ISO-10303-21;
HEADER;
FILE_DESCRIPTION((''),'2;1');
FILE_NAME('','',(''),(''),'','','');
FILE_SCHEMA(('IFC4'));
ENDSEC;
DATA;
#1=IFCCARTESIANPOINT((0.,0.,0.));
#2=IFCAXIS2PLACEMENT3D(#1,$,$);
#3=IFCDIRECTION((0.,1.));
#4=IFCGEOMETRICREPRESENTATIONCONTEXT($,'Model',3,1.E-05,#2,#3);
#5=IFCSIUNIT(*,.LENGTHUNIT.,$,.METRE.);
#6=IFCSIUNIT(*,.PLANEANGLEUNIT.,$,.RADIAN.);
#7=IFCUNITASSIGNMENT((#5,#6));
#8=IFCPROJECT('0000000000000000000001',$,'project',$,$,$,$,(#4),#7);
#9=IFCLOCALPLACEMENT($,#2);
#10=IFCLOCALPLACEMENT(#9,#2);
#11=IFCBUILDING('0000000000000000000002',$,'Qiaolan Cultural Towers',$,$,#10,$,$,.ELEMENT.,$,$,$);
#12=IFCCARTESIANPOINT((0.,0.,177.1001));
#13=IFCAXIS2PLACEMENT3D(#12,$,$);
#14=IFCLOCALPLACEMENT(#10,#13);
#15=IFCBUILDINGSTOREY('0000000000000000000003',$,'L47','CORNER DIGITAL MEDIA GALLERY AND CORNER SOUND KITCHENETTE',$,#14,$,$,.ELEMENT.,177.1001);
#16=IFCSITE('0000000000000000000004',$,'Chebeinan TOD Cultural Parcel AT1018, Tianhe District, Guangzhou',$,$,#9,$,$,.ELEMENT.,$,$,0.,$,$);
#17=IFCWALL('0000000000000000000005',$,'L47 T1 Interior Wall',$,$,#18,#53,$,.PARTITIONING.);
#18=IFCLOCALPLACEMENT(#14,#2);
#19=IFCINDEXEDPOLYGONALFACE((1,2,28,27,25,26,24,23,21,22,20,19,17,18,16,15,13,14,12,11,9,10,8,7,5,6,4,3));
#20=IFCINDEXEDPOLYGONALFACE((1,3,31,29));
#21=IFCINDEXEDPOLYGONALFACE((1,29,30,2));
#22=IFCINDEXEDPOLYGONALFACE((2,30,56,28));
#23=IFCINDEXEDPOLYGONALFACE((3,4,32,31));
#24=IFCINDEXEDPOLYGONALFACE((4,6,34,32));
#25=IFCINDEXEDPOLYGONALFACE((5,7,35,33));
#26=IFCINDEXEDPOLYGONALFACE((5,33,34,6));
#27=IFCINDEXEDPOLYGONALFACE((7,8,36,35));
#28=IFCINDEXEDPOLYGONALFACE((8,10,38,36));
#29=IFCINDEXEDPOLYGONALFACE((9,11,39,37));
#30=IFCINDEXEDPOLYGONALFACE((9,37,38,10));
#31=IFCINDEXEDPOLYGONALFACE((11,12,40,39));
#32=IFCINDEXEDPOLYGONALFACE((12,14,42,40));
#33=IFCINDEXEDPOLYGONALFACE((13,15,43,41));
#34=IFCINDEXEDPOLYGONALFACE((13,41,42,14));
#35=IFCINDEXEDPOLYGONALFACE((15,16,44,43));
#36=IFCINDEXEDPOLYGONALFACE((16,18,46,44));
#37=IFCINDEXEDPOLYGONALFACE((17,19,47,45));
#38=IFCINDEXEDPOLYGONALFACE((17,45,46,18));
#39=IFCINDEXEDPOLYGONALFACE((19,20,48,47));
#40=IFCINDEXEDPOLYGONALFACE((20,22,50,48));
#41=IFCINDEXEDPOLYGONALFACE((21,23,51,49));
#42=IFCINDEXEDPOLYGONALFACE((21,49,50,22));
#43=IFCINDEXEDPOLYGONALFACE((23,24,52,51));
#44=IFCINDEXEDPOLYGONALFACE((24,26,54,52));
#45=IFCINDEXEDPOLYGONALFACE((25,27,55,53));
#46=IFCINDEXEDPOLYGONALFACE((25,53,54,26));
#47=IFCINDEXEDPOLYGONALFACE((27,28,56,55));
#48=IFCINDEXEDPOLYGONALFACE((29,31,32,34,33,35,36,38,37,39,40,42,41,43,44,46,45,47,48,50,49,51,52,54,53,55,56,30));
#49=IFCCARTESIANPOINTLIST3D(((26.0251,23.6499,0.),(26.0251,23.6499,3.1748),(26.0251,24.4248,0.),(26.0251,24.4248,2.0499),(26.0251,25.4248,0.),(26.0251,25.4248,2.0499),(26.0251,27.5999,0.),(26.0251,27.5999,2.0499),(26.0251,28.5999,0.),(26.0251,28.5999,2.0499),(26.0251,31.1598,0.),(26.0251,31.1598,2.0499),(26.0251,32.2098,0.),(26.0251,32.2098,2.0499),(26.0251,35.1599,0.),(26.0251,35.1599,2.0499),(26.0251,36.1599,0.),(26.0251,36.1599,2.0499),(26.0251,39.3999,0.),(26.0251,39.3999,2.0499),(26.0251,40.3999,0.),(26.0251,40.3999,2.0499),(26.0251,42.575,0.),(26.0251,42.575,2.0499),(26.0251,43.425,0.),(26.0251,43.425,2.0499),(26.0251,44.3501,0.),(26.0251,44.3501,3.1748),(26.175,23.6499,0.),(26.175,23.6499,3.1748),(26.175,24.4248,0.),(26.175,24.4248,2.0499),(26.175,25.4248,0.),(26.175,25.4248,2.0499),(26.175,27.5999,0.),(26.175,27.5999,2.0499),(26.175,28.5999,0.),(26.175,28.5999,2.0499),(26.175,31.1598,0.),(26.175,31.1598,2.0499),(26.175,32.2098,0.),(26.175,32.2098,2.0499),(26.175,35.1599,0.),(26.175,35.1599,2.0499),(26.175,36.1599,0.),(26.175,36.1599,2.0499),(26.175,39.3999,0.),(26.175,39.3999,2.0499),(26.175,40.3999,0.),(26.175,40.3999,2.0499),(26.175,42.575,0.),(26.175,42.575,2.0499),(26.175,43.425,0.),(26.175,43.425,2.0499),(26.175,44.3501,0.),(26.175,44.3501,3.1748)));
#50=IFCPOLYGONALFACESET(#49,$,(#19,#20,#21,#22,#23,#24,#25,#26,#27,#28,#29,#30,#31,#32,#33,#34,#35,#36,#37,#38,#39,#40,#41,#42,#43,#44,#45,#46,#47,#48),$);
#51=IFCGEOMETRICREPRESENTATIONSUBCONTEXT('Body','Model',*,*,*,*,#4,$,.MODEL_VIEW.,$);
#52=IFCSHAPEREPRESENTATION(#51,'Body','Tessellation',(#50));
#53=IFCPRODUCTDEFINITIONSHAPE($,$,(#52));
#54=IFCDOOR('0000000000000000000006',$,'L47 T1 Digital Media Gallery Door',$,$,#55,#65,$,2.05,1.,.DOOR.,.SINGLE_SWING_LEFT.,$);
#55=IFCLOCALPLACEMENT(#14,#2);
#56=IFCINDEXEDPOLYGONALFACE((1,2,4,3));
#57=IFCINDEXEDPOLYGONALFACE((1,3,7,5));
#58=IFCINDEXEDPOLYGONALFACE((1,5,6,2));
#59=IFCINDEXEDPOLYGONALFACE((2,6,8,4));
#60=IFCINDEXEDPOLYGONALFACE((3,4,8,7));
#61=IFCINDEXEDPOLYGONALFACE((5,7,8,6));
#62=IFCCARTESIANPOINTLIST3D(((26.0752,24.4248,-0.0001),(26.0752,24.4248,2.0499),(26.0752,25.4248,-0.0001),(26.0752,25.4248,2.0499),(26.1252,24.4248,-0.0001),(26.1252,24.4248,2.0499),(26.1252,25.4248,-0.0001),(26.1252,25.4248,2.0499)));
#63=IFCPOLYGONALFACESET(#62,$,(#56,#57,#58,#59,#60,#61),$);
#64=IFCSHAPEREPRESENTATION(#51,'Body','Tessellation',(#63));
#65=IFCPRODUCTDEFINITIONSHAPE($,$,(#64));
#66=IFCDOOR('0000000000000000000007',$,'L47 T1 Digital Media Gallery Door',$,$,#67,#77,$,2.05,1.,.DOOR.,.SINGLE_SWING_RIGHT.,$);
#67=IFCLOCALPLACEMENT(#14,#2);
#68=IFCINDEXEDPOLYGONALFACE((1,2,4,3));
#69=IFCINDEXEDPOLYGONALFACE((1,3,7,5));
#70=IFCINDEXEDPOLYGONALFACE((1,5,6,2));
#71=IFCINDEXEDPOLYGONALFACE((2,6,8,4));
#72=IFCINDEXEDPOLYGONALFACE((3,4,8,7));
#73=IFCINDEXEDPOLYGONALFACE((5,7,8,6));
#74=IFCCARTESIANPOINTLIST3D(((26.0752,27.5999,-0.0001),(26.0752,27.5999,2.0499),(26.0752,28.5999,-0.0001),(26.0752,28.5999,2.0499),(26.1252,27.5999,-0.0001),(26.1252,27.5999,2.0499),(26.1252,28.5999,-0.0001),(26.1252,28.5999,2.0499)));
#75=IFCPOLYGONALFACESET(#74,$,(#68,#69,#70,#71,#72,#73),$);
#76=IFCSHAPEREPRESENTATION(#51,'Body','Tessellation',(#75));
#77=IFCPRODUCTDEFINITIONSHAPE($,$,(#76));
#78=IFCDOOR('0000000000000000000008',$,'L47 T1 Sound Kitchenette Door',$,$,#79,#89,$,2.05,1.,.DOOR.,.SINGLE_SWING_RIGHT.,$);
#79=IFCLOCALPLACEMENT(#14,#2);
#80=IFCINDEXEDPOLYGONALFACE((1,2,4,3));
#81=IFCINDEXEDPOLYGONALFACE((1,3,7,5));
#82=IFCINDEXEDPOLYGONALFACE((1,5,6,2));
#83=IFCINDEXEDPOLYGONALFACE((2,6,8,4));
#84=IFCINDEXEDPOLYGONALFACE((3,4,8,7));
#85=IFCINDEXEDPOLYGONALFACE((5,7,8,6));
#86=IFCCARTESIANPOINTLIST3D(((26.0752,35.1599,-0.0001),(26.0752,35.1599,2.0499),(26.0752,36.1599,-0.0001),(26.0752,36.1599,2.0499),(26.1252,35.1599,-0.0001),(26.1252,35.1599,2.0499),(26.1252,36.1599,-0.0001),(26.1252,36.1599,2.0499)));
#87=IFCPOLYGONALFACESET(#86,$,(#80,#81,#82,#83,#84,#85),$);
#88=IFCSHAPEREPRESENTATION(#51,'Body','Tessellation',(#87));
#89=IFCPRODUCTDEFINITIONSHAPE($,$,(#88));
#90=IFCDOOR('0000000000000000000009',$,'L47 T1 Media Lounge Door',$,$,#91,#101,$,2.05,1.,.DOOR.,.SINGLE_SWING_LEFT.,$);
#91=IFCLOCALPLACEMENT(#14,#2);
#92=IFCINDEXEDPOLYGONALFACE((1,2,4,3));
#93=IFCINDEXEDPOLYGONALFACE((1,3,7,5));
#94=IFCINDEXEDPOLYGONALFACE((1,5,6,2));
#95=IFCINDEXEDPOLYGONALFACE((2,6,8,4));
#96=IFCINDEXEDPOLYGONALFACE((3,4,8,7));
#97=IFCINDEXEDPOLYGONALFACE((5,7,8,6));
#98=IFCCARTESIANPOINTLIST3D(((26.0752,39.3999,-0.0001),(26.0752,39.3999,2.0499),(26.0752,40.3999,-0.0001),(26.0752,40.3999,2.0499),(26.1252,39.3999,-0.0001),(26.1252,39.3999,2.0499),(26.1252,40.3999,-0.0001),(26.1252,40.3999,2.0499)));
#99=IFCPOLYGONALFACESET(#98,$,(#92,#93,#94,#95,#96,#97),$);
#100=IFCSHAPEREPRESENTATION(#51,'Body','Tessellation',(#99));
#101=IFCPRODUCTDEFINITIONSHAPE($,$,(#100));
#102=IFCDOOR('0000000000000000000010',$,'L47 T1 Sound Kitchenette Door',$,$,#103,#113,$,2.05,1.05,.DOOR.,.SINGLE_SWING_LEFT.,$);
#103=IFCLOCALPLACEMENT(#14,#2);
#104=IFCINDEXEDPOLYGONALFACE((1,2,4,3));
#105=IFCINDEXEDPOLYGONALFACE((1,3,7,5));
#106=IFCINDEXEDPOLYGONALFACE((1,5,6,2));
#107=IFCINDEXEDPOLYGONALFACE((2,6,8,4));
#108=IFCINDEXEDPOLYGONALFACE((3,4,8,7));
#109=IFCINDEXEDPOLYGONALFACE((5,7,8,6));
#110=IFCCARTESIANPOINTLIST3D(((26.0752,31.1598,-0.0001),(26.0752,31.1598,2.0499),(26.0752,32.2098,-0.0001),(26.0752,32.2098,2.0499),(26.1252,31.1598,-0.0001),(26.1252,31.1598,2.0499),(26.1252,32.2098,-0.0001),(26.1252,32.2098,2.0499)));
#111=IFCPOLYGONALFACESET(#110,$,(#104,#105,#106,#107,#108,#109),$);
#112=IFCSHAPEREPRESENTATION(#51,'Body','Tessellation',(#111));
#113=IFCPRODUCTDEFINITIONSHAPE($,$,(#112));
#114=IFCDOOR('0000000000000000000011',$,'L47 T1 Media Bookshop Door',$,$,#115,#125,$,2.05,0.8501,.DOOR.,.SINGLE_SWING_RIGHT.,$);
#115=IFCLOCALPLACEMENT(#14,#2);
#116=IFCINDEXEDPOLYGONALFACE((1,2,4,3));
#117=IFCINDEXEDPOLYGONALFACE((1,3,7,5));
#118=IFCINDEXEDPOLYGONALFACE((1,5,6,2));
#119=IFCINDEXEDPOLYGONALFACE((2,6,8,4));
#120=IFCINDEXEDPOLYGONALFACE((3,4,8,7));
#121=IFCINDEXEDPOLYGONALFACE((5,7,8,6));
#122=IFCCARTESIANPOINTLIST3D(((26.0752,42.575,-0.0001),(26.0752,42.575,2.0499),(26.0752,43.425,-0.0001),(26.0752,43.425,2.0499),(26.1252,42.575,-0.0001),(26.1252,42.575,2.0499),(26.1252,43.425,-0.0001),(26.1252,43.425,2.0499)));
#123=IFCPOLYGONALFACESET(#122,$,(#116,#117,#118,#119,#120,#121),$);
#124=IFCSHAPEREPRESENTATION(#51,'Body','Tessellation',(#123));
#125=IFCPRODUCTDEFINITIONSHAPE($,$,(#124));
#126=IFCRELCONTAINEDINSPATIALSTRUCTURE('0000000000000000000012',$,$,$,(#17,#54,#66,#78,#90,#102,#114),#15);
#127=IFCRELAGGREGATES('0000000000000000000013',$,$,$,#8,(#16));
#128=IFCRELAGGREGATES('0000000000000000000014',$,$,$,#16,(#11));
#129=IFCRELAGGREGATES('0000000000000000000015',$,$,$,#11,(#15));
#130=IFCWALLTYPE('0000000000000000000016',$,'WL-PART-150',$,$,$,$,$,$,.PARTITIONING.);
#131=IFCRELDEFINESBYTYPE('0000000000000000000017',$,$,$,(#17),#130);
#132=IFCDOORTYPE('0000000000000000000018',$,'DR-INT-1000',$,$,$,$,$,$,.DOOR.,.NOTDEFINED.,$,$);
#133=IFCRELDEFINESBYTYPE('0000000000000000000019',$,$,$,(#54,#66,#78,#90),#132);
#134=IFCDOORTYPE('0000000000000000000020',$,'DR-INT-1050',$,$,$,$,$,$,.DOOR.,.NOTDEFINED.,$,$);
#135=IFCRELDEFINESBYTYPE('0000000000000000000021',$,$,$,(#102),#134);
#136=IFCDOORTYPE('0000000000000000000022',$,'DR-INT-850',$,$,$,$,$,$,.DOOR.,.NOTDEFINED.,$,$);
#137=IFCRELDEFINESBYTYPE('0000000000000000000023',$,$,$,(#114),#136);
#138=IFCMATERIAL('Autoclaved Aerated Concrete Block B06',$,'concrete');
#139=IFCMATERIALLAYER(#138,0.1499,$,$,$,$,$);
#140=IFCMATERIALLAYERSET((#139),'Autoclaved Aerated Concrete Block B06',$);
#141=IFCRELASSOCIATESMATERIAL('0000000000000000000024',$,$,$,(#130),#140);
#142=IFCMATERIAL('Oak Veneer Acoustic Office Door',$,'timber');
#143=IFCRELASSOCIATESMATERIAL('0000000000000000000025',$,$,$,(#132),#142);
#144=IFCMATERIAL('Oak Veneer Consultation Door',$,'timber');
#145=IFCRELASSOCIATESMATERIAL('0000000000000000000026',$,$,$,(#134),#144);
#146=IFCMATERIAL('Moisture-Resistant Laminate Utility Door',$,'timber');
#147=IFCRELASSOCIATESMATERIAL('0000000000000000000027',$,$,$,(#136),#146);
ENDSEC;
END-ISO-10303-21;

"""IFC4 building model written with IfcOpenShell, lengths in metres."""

from ifc_helpers import new_model, si_unit, direction, frame, frame_2d, origin, place, context, subcontext, project, spatial, rectangle, extrude, material, layer, layer_set, type_object, element, fill, save


model = new_model("IFC4")

# Units and contexts
model_context = context("Model", 3, precision=1e-05, world=origin(), true_north=direction((0.0, 1.0)))
body_context = subcontext(model_context, "Body", "Model", "MODEL_VIEW")
ifc_project = project(units=[si_unit("LENGTHUNIT", "METRE"), si_unit("PLANEANGLEUNIT", "RADIAN")], contexts=[model_context])

# Site, building, storey
site_placement = place(None, origin())
site = spatial("IfcSite", under=ifc_project, at=site_placement, Name="Chebeinan TOD Cultural Parcel AT1018, Tianhe District, Guangzhou", CompositionType="ELEMENT", RefElevation=0.0)
building_placement = place(site_placement, origin())
building = spatial("IfcBuilding", under=site, at=building_placement, Name="Qiaolan Cultural Towers", CompositionType="ELEMENT")
storey_placement = place(building_placement, frame((0.0, 0.0, 177.1001)))
storey = spatial("IfcBuildingStorey", under=building, at=storey_placement, Name="L47", Description="CORNER DIGITAL MEDIA GALLERY AND CORNER SOUND KITCHENETTE", CompositionType="ELEMENT", Elevation=177.1001)

# Shared definitions
ifc_material_1 = material(Name="Autoclaved Aerated Concrete Block B06", Category="concrete")
ifc_layer_1 = layer(ifc_material_1, 0.1499)
ifc_layer_set_1 = layer_set([ifc_layer_1], Name="Autoclaved Aerated Concrete Block B06")
wall_type_1 = type_object("IfcWallType", Name="WL-PART-150", PredefinedType="PARTITIONING", material=ifc_layer_set_1)

# Wall, openings, doors
wall_1_placement = place(storey_placement, frame((26.1001, 23.6499, 0.0), z_axis=(0.0, 0.0, 1.0), x_axis=(0.0, 1.0, 0.0)))
wall_1 = element("IfcWall", 1, at=wall_1_placement, inside=storey, type_object=wall_type_1, Name="L47 T1 Interior Wall", PredefinedType="PARTITIONING", context=body_context, shape_type="SweptSolid", body=[
    extrude(rectangle(XDim=20.7002, YDim=0.1499, at=frame_2d((10.3501, 0.0))), origin(), (0.0, 0.0, 1.0), 3.1748),
])
opening_1_placement = place(wall_1_placement, frame((0.7749, 0.0, 0.0)))
opening_1 = element("IfcOpeningElement", 2, at=opening_1_placement, cuts=wall_1, PredefinedType="OPENING", context=body_context, shape_type="SweptSolid", body=[
    extrude(rectangle(XDim=1.0, YDim=2.05, at=frame_2d((0.5, 1.0249))), frame((0.0, 0.085, 0.0), z_axis=(0.0, -1.0, 0.0), x_axis=(1.0, 0.0, 0.0)), (0.0, 0.0, 1.0), 0.1699),
])
opening_2_placement = place(wall_1_placement, frame((3.95, 0.0, 0.0)))
opening_2 = element("IfcOpeningElement", 3, at=opening_2_placement, cuts=wall_1, PredefinedType="OPENING", context=body_context, shape_type="SweptSolid", body=[
    extrude(rectangle(XDim=1.0, YDim=2.05, at=frame_2d((0.5, 1.0249))), frame((0.0, 0.085, 0.0), z_axis=(0.0, -1.0, 0.0), x_axis=(1.0, 0.0, 0.0)), (0.0, 0.0, 1.0), 0.1699),
])
opening_3_placement = place(wall_1_placement, frame((7.51, 0.0, 0.0)))
opening_3 = element("IfcOpeningElement", 4, at=opening_3_placement, cuts=wall_1, PredefinedType="OPENING", context=body_context, shape_type="SweptSolid", body=[
    extrude(rectangle(XDim=1.05, YDim=2.05, at=frame_2d((0.5249, 1.0249))), frame((0.0, 0.085, 0.0), z_axis=(0.0, -1.0, 0.0), x_axis=(1.0, 0.0, 0.0)), (0.0, 0.0, 1.0), 0.1699),
])
opening_4_placement = place(wall_1_placement, frame((11.51, 0.0, 0.0)))
opening_4 = element("IfcOpeningElement", 5, at=opening_4_placement, cuts=wall_1, PredefinedType="OPENING", context=body_context, shape_type="SweptSolid", body=[
    extrude(rectangle(XDim=1.0, YDim=2.05, at=frame_2d((0.5, 1.0249))), frame((0.0, 0.085, 0.0), z_axis=(0.0, -1.0, 0.0), x_axis=(1.0, 0.0, 0.0)), (0.0, 0.0, 1.0), 0.1699),
])
opening_5_placement = place(wall_1_placement, frame((15.75, 0.0, 0.0)))
opening_5 = element("IfcOpeningElement", 6, at=opening_5_placement, cuts=wall_1, PredefinedType="OPENING", context=body_context, shape_type="SweptSolid", body=[
    extrude(rectangle(XDim=1.0, YDim=2.05, at=frame_2d((0.5, 1.0249))), frame((0.0, 0.085, 0.0), z_axis=(0.0, -1.0, 0.0), x_axis=(1.0, 0.0, 0.0)), (0.0, 0.0, 1.0), 0.1699),
])
opening_6_placement = place(wall_1_placement, frame((18.925, 0.0, 0.0)))
opening_6 = element("IfcOpeningElement", 7, at=opening_6_placement, cuts=wall_1, PredefinedType="OPENING", context=body_context, shape_type="SweptSolid", body=[
    extrude(rectangle(XDim=0.8501, YDim=2.05, at=frame_2d((0.425, 1.0249))), frame((0.0, 0.085, 0.0), z_axis=(0.0, -1.0, 0.0), x_axis=(1.0, 0.0, 0.0)), (0.0, 0.0, 1.0), 0.1699),
])
ifc_material_2 = material(Name="Oak Veneer Acoustic Office Door", Category="timber")
door_type_1 = type_object("IfcDoorType", Name="DR-INT-1000", OperationType="NOTDEFINED", PredefinedType="DOOR", material=ifc_material_2)
door_1_placement = place(opening_1_placement, origin())
door_1 = element("IfcDoor", 8, at=door_1_placement, inside=storey, type_object=door_type_1, Name="L47 T1 Digital Media Gallery Door", OperationType="SINGLE_SWING_LEFT", OverallHeight=2.05, OverallWidth=1.0, PredefinedType="DOOR", context=body_context, shape_type="SweptSolid", body=[
    extrude(rectangle(XDim=1.0, YDim=2.05, at=frame_2d((0.5, 1.0249))), frame((0.0, 0.0249, 0.0), z_axis=(0.0, -1.0, 0.0), x_axis=(1.0, 0.0, 0.0)), (0.0, 0.0, 1.0), 0.05),
])
fill(opening_1, door_1)
door_2_placement = place(opening_2_placement, origin())
door_2 = element("IfcDoor", 9, at=door_2_placement, inside=storey, type_object=door_type_1, Name="L47 T1 Digital Media Gallery Door", OperationType="SINGLE_SWING_RIGHT", OverallHeight=2.05, OverallWidth=1.0, PredefinedType="DOOR", context=body_context, shape_type="SweptSolid", body=[
    extrude(rectangle(XDim=1.0, YDim=2.05, at=frame_2d((0.5, 1.0249))), frame((0.0, 0.0249, 0.0), z_axis=(0.0, -1.0, 0.0), x_axis=(1.0, 0.0, 0.0)), (0.0, 0.0, 1.0), 0.05),
])
fill(opening_2, door_2)
door_3_placement = place(opening_4_placement, origin())
door_3 = element("IfcDoor", 10, at=door_3_placement, inside=storey, type_object=door_type_1, Name="L47 T1 Sound Kitchenette Door", OperationType="SINGLE_SWING_RIGHT", OverallHeight=2.05, OverallWidth=1.0, PredefinedType="DOOR", context=body_context, shape_type="SweptSolid", body=[
    extrude(rectangle(XDim=1.0, YDim=2.05, at=frame_2d((0.5, 1.0249))), frame((0.0, 0.0249, 0.0), z_axis=(0.0, -1.0, 0.0), x_axis=(1.0, 0.0, 0.0)), (0.0, 0.0, 1.0), 0.05),
])
fill(opening_4, door_3)
door_4_placement = place(opening_5_placement, origin())
door_4 = element("IfcDoor", 11, at=door_4_placement, inside=storey, type_object=door_type_1, Name="L47 T1 Media Lounge Door", OperationType="SINGLE_SWING_LEFT", OverallHeight=2.05, OverallWidth=1.0, PredefinedType="DOOR", context=body_context, shape_type="SweptSolid", body=[
    extrude(rectangle(XDim=1.0, YDim=2.05, at=frame_2d((0.5, 1.0249))), frame((0.0, 0.0249, 0.0), z_axis=(0.0, -1.0, 0.0), x_axis=(1.0, 0.0, 0.0)), (0.0, 0.0, 1.0), 0.05),
])
fill(opening_5, door_4)
ifc_material_3 = material(Name="Oak Veneer Consultation Door", Category="timber")
door_type_2 = type_object("IfcDoorType", Name="DR-INT-1050", OperationType="NOTDEFINED", PredefinedType="DOOR", material=ifc_material_3)
door_5_placement = place(opening_3_placement, origin())
door_5 = element("IfcDoor", 12, at=door_5_placement, inside=storey, type_object=door_type_2, Name="L47 T1 Sound Kitchenette Door", OperationType="SINGLE_SWING_LEFT", OverallHeight=2.05, OverallWidth=1.05, PredefinedType="DOOR", context=body_context, shape_type="SweptSolid", body=[
    extrude(rectangle(XDim=1.05, YDim=2.05, at=frame_2d((0.5249, 1.0249))), frame((0.0, 0.0249, 0.0), z_axis=(0.0, -1.0, 0.0), x_axis=(1.0, 0.0, 0.0)), (0.0, 0.0, 1.0), 0.05),
])
fill(opening_3, door_5)
ifc_material_4 = material(Name="Moisture-Resistant Laminate Utility Door", Category="timber")
door_type_3 = type_object("IfcDoorType", Name="DR-INT-850", OperationType="NOTDEFINED", PredefinedType="DOOR", material=ifc_material_4)
door_6_placement = place(opening_6_placement, origin())
door_6 = element("IfcDoor", 13, at=door_6_placement, inside=storey, type_object=door_type_3, Name="L47 T1 Media Bookshop Door", OperationType="SINGLE_SWING_RIGHT", OverallHeight=2.05, OverallWidth=0.8501, PredefinedType="DOOR", context=body_context, shape_type="SweptSolid", body=[
    extrude(rectangle(XDim=0.8501, YDim=2.05, at=frame_2d((0.425, 1.0249))), frame((0.0, 0.0249, 0.0), z_axis=(0.0, -1.0, 0.0), x_axis=(1.0, 0.0, 0.0)), (0.0, 0.0, 1.0), 0.05),
])
fill(opening_6, door_6)

save(model, "model.ifc")
